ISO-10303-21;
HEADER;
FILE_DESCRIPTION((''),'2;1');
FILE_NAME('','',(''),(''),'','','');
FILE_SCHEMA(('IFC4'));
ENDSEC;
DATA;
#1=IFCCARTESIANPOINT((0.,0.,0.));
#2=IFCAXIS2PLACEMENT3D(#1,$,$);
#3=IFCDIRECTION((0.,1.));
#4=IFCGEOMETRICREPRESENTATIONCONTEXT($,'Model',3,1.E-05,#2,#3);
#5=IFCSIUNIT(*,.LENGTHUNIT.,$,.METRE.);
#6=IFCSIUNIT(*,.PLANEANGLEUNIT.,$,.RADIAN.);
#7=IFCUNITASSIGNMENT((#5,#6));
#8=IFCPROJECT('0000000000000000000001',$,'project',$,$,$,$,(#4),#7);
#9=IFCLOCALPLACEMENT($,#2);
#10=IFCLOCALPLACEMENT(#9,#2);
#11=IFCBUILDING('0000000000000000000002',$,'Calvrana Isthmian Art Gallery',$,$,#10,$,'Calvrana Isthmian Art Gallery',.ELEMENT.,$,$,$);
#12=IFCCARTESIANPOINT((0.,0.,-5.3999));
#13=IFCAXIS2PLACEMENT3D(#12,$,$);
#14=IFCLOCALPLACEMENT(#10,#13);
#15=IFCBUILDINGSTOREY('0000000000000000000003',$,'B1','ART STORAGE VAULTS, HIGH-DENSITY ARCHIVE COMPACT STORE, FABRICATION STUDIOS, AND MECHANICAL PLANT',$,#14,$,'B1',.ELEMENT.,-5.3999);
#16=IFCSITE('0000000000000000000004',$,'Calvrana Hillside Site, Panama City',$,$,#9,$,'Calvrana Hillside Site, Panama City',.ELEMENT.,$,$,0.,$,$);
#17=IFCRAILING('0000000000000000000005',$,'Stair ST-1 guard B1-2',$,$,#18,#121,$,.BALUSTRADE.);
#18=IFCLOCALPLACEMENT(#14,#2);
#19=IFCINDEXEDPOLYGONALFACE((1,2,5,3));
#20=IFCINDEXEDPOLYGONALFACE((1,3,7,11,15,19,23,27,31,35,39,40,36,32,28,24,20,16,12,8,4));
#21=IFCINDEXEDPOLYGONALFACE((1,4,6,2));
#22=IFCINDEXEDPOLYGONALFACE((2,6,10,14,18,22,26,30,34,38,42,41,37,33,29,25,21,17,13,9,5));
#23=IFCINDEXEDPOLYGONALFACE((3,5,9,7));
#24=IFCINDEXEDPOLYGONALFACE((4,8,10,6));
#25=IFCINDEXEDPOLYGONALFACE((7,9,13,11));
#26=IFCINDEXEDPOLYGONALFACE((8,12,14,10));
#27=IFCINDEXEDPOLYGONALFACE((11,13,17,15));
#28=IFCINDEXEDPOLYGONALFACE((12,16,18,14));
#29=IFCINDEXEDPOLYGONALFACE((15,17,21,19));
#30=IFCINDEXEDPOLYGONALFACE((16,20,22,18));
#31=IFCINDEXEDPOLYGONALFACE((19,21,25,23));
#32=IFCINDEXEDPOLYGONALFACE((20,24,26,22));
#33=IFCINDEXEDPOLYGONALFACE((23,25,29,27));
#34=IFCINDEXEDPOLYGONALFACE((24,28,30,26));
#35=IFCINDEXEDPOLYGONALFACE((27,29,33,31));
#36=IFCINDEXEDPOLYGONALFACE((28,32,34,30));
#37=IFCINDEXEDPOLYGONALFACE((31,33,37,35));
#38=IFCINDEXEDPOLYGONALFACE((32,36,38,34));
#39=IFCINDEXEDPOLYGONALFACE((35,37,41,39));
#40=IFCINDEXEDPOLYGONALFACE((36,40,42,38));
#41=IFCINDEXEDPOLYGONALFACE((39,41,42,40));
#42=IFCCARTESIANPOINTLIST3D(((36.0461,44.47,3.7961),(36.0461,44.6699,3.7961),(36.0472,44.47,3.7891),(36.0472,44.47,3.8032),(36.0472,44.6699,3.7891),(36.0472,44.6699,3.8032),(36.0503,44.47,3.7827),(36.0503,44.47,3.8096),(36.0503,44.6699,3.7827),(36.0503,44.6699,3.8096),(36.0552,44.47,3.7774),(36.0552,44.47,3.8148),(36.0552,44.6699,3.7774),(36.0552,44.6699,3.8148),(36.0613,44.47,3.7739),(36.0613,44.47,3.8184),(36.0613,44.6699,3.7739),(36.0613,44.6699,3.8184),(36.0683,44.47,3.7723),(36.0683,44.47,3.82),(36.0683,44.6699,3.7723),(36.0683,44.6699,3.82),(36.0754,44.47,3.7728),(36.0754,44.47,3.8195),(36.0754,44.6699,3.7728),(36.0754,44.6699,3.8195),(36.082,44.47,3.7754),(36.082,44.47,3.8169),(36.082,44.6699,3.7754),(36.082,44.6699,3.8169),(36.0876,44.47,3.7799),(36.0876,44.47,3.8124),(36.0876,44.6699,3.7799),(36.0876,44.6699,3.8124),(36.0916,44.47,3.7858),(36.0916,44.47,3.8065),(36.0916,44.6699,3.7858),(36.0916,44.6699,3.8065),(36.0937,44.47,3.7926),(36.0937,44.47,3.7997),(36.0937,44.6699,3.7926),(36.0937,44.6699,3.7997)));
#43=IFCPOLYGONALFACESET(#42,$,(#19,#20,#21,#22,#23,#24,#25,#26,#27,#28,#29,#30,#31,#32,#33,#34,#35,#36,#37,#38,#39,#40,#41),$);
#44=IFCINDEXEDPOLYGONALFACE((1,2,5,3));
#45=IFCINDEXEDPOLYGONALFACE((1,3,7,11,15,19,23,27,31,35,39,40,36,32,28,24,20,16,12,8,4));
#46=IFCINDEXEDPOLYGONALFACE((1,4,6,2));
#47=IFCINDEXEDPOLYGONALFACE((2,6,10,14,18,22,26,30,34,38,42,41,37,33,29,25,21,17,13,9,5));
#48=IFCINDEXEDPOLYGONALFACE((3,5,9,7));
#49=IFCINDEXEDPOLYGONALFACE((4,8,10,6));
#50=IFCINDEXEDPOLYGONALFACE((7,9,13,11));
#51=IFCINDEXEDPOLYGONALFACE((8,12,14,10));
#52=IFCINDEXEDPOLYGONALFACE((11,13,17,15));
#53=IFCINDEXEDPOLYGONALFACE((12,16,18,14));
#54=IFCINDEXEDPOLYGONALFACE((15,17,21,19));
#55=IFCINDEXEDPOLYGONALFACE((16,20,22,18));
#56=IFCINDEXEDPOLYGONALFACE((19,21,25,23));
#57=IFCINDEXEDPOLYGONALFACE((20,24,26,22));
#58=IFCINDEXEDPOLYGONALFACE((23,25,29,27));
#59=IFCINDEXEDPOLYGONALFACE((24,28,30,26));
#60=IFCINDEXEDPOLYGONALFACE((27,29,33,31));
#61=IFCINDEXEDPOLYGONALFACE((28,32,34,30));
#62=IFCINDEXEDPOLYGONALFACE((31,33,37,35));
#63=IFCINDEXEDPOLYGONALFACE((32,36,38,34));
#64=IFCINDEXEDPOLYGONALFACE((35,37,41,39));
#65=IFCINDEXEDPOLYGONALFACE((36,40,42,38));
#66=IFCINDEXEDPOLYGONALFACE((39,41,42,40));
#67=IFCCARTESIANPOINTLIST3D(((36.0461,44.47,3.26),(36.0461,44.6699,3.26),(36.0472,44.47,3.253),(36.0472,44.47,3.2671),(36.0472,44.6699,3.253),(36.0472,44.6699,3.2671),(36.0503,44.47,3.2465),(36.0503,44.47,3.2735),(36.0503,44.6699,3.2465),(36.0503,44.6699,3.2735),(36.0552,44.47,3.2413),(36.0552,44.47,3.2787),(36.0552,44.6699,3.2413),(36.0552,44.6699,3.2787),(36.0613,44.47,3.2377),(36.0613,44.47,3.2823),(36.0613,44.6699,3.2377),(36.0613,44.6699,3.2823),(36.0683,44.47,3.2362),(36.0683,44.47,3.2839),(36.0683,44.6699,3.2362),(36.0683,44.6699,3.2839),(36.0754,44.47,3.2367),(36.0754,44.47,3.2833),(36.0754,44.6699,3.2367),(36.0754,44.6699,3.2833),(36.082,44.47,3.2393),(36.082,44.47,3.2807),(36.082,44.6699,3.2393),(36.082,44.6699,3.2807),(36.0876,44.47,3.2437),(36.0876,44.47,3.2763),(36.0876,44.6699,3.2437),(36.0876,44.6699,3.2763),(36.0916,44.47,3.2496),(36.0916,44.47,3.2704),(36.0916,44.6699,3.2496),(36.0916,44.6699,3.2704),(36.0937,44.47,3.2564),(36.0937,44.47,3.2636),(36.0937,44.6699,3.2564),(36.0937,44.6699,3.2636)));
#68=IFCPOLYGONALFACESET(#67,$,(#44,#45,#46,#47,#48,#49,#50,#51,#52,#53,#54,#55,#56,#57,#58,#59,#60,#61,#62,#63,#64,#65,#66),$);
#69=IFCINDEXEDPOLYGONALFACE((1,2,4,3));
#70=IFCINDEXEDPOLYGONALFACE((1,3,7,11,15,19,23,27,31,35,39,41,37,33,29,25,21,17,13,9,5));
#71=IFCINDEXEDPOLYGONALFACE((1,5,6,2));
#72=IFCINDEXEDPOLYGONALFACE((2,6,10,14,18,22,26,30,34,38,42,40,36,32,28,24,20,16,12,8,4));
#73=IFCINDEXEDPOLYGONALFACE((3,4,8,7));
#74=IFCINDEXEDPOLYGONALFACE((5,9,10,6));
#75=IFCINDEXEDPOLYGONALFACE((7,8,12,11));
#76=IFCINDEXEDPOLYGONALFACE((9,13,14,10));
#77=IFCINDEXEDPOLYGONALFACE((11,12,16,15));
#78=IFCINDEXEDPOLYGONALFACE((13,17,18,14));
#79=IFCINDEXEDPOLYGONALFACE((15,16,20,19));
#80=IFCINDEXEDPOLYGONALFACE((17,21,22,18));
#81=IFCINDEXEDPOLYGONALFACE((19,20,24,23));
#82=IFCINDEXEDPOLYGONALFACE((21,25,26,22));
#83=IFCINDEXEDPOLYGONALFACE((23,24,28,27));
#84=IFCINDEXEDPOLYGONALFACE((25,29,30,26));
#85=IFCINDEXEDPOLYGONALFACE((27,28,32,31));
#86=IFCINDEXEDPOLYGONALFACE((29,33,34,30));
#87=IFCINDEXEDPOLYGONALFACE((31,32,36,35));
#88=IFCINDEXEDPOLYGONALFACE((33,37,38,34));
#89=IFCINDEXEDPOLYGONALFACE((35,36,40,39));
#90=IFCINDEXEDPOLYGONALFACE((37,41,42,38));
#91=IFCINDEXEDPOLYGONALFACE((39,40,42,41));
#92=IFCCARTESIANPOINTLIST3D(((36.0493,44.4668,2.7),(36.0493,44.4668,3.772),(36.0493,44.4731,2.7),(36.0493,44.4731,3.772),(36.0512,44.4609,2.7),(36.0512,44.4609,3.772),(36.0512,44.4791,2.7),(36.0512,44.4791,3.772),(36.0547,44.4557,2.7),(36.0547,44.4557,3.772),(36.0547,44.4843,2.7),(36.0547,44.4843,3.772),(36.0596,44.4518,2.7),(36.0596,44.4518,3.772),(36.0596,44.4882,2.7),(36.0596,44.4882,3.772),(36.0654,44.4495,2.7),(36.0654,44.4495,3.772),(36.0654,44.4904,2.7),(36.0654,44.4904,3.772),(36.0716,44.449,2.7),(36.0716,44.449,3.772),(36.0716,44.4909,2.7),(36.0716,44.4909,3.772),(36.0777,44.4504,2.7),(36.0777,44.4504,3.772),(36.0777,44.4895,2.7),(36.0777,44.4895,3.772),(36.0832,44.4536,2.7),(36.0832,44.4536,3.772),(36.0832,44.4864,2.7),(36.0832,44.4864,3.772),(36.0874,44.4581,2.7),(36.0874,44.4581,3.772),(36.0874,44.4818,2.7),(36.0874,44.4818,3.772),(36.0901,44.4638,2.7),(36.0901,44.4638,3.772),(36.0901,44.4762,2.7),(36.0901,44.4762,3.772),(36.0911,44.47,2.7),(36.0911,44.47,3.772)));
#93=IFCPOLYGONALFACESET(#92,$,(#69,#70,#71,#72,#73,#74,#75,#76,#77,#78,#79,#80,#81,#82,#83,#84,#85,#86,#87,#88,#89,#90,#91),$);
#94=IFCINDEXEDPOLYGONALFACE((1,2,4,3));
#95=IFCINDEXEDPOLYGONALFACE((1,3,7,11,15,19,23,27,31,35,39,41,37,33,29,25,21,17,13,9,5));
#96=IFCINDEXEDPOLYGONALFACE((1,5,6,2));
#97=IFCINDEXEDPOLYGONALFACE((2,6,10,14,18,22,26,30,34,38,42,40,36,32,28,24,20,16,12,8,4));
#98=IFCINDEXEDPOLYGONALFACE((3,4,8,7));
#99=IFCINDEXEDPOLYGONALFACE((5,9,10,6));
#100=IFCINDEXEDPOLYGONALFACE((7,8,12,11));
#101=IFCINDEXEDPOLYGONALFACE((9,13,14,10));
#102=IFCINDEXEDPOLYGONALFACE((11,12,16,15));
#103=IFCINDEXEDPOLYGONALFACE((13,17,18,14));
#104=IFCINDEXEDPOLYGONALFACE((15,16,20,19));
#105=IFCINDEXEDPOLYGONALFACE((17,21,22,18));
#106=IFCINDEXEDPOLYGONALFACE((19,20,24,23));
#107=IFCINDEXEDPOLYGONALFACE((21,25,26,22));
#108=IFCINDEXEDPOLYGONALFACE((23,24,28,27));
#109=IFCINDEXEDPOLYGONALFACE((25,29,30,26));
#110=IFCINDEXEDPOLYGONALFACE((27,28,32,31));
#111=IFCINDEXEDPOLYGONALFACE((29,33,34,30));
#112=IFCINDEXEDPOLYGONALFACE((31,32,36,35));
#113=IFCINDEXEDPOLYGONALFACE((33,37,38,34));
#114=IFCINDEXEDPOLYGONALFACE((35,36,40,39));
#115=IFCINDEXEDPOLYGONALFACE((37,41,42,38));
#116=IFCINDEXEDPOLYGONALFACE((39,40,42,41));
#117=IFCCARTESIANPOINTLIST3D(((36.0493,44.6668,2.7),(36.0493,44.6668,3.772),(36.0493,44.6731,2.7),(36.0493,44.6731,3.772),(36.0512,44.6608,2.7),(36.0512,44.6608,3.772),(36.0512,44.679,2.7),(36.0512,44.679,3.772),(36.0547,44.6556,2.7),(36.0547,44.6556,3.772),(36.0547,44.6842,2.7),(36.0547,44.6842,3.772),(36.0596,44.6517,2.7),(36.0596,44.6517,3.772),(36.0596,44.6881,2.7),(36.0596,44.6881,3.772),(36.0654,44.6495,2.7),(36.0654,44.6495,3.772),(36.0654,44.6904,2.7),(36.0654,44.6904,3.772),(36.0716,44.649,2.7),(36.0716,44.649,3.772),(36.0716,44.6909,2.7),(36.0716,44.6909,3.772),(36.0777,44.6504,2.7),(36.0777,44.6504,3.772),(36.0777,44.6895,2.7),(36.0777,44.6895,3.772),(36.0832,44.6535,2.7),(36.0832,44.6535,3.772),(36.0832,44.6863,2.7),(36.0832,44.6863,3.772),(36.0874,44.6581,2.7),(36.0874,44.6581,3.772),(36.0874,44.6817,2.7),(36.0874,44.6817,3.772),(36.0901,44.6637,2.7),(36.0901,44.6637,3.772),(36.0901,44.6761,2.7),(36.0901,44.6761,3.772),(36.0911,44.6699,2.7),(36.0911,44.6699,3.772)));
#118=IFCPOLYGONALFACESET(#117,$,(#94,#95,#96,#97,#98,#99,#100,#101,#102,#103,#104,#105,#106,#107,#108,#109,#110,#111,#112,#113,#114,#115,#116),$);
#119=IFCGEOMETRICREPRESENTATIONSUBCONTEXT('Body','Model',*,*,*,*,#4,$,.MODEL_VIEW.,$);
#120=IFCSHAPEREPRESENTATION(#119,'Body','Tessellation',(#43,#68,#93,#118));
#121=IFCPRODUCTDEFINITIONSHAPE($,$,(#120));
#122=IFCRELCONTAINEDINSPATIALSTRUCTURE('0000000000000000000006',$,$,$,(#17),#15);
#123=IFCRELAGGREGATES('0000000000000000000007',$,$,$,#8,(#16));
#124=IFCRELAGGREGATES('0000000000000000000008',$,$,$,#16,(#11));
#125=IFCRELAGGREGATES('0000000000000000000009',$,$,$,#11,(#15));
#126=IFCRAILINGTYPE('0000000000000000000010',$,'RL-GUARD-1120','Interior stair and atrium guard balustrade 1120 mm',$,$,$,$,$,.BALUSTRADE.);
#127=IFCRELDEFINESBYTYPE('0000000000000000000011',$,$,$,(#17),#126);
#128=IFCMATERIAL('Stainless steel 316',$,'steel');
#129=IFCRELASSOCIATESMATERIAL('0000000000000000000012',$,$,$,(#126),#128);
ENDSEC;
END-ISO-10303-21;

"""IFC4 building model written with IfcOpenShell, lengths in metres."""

from ifc_helpers import new_model, si_unit, direction, frame, origin, origin_2d, place, context, subcontext, project, spatial, circle, extrude, material, type_object, element, save


model = new_model("IFC4")

# Units and contexts
model_context = context("Model", 3, precision=1e-05, world=origin(), true_north=direction((0.0, 1.0)))
body_context = subcontext(model_context, "Body", "Model", "MODEL_VIEW")
ifc_project = project(units=[si_unit("LENGTHUNIT", "METRE"), si_unit("PLANEANGLEUNIT", "RADIAN")], contexts=[model_context])

# Site, building, storey
site_placement = place(None, origin())
site = spatial("IfcSite", under=ifc_project, at=site_placement, Name="Calvrana Hillside Site, Panama City", LongName="Calvrana Hillside Site, Panama City", CompositionType="ELEMENT", RefElevation=0.0)
building_placement = place(site_placement, origin())
building = spatial("IfcBuilding", under=site, at=building_placement, Name="Calvrana Isthmian Art Gallery", LongName="Calvrana Isthmian Art Gallery", CompositionType="ELEMENT")
storey_placement = place(building_placement, frame((0.0, 0.0, -5.3999)))
storey = spatial("IfcBuildingStorey", under=building, at=storey_placement, Name="B1", Description="ART STORAGE VAULTS, HIGH-DENSITY ARCHIVE COMPACT STORE, FABRICATION STUDIOS, AND MECHANICAL PLANT", LongName="B1", CompositionType="ELEMENT", Elevation=-5.3999)

# Railing
ifc_material_1 = material(Name="Stainless steel 316", Category="steel")
railing_type_1 = type_object("IfcRailingType", Name="RL-GUARD-1120", Description="Interior stair and atrium guard balustrade 1120 mm", PredefinedType="BALUSTRADE", material=ifc_material_1)
railing_1_placement = place(storey_placement, frame((36.0701, 44.47, 2.7)))
element("IfcRailing", 1, at=railing_1_placement, inside=storey, type_object=railing_type_1, Name="Stair ST-1 guard B1-2", PredefinedType="BALUSTRADE", context=body_context, shape_type="SweptSolid", body=[
    extrude(circle(Radius=0.0239, at=origin_2d()), frame((0.0, 0.0, 1.0962), z_axis=(0.0, 1.0, 0.0), x_axis=(-1.0, 0.0, 0.0)), (0.0, 0.0, 1.0), 0.2),
    extrude(circle(Radius=0.0239, at=origin_2d()), frame((0.0, 0.0, 0.5601), z_axis=(0.0, 1.0, 0.0), x_axis=(-1.0, 0.0, 0.0)), (0.0, 0.0, 1.0), 0.2),
    extrude(circle(Radius=0.021, at=origin_2d()), origin(), (0.0, 0.0, 1.0), 1.072),
    extrude(circle(Radius=0.021, at=origin_2d()), frame((0.0, 0.2, 0.0)), (0.0, 0.0, 1.0), 1.072),
])

save(model, "model.ifc")
